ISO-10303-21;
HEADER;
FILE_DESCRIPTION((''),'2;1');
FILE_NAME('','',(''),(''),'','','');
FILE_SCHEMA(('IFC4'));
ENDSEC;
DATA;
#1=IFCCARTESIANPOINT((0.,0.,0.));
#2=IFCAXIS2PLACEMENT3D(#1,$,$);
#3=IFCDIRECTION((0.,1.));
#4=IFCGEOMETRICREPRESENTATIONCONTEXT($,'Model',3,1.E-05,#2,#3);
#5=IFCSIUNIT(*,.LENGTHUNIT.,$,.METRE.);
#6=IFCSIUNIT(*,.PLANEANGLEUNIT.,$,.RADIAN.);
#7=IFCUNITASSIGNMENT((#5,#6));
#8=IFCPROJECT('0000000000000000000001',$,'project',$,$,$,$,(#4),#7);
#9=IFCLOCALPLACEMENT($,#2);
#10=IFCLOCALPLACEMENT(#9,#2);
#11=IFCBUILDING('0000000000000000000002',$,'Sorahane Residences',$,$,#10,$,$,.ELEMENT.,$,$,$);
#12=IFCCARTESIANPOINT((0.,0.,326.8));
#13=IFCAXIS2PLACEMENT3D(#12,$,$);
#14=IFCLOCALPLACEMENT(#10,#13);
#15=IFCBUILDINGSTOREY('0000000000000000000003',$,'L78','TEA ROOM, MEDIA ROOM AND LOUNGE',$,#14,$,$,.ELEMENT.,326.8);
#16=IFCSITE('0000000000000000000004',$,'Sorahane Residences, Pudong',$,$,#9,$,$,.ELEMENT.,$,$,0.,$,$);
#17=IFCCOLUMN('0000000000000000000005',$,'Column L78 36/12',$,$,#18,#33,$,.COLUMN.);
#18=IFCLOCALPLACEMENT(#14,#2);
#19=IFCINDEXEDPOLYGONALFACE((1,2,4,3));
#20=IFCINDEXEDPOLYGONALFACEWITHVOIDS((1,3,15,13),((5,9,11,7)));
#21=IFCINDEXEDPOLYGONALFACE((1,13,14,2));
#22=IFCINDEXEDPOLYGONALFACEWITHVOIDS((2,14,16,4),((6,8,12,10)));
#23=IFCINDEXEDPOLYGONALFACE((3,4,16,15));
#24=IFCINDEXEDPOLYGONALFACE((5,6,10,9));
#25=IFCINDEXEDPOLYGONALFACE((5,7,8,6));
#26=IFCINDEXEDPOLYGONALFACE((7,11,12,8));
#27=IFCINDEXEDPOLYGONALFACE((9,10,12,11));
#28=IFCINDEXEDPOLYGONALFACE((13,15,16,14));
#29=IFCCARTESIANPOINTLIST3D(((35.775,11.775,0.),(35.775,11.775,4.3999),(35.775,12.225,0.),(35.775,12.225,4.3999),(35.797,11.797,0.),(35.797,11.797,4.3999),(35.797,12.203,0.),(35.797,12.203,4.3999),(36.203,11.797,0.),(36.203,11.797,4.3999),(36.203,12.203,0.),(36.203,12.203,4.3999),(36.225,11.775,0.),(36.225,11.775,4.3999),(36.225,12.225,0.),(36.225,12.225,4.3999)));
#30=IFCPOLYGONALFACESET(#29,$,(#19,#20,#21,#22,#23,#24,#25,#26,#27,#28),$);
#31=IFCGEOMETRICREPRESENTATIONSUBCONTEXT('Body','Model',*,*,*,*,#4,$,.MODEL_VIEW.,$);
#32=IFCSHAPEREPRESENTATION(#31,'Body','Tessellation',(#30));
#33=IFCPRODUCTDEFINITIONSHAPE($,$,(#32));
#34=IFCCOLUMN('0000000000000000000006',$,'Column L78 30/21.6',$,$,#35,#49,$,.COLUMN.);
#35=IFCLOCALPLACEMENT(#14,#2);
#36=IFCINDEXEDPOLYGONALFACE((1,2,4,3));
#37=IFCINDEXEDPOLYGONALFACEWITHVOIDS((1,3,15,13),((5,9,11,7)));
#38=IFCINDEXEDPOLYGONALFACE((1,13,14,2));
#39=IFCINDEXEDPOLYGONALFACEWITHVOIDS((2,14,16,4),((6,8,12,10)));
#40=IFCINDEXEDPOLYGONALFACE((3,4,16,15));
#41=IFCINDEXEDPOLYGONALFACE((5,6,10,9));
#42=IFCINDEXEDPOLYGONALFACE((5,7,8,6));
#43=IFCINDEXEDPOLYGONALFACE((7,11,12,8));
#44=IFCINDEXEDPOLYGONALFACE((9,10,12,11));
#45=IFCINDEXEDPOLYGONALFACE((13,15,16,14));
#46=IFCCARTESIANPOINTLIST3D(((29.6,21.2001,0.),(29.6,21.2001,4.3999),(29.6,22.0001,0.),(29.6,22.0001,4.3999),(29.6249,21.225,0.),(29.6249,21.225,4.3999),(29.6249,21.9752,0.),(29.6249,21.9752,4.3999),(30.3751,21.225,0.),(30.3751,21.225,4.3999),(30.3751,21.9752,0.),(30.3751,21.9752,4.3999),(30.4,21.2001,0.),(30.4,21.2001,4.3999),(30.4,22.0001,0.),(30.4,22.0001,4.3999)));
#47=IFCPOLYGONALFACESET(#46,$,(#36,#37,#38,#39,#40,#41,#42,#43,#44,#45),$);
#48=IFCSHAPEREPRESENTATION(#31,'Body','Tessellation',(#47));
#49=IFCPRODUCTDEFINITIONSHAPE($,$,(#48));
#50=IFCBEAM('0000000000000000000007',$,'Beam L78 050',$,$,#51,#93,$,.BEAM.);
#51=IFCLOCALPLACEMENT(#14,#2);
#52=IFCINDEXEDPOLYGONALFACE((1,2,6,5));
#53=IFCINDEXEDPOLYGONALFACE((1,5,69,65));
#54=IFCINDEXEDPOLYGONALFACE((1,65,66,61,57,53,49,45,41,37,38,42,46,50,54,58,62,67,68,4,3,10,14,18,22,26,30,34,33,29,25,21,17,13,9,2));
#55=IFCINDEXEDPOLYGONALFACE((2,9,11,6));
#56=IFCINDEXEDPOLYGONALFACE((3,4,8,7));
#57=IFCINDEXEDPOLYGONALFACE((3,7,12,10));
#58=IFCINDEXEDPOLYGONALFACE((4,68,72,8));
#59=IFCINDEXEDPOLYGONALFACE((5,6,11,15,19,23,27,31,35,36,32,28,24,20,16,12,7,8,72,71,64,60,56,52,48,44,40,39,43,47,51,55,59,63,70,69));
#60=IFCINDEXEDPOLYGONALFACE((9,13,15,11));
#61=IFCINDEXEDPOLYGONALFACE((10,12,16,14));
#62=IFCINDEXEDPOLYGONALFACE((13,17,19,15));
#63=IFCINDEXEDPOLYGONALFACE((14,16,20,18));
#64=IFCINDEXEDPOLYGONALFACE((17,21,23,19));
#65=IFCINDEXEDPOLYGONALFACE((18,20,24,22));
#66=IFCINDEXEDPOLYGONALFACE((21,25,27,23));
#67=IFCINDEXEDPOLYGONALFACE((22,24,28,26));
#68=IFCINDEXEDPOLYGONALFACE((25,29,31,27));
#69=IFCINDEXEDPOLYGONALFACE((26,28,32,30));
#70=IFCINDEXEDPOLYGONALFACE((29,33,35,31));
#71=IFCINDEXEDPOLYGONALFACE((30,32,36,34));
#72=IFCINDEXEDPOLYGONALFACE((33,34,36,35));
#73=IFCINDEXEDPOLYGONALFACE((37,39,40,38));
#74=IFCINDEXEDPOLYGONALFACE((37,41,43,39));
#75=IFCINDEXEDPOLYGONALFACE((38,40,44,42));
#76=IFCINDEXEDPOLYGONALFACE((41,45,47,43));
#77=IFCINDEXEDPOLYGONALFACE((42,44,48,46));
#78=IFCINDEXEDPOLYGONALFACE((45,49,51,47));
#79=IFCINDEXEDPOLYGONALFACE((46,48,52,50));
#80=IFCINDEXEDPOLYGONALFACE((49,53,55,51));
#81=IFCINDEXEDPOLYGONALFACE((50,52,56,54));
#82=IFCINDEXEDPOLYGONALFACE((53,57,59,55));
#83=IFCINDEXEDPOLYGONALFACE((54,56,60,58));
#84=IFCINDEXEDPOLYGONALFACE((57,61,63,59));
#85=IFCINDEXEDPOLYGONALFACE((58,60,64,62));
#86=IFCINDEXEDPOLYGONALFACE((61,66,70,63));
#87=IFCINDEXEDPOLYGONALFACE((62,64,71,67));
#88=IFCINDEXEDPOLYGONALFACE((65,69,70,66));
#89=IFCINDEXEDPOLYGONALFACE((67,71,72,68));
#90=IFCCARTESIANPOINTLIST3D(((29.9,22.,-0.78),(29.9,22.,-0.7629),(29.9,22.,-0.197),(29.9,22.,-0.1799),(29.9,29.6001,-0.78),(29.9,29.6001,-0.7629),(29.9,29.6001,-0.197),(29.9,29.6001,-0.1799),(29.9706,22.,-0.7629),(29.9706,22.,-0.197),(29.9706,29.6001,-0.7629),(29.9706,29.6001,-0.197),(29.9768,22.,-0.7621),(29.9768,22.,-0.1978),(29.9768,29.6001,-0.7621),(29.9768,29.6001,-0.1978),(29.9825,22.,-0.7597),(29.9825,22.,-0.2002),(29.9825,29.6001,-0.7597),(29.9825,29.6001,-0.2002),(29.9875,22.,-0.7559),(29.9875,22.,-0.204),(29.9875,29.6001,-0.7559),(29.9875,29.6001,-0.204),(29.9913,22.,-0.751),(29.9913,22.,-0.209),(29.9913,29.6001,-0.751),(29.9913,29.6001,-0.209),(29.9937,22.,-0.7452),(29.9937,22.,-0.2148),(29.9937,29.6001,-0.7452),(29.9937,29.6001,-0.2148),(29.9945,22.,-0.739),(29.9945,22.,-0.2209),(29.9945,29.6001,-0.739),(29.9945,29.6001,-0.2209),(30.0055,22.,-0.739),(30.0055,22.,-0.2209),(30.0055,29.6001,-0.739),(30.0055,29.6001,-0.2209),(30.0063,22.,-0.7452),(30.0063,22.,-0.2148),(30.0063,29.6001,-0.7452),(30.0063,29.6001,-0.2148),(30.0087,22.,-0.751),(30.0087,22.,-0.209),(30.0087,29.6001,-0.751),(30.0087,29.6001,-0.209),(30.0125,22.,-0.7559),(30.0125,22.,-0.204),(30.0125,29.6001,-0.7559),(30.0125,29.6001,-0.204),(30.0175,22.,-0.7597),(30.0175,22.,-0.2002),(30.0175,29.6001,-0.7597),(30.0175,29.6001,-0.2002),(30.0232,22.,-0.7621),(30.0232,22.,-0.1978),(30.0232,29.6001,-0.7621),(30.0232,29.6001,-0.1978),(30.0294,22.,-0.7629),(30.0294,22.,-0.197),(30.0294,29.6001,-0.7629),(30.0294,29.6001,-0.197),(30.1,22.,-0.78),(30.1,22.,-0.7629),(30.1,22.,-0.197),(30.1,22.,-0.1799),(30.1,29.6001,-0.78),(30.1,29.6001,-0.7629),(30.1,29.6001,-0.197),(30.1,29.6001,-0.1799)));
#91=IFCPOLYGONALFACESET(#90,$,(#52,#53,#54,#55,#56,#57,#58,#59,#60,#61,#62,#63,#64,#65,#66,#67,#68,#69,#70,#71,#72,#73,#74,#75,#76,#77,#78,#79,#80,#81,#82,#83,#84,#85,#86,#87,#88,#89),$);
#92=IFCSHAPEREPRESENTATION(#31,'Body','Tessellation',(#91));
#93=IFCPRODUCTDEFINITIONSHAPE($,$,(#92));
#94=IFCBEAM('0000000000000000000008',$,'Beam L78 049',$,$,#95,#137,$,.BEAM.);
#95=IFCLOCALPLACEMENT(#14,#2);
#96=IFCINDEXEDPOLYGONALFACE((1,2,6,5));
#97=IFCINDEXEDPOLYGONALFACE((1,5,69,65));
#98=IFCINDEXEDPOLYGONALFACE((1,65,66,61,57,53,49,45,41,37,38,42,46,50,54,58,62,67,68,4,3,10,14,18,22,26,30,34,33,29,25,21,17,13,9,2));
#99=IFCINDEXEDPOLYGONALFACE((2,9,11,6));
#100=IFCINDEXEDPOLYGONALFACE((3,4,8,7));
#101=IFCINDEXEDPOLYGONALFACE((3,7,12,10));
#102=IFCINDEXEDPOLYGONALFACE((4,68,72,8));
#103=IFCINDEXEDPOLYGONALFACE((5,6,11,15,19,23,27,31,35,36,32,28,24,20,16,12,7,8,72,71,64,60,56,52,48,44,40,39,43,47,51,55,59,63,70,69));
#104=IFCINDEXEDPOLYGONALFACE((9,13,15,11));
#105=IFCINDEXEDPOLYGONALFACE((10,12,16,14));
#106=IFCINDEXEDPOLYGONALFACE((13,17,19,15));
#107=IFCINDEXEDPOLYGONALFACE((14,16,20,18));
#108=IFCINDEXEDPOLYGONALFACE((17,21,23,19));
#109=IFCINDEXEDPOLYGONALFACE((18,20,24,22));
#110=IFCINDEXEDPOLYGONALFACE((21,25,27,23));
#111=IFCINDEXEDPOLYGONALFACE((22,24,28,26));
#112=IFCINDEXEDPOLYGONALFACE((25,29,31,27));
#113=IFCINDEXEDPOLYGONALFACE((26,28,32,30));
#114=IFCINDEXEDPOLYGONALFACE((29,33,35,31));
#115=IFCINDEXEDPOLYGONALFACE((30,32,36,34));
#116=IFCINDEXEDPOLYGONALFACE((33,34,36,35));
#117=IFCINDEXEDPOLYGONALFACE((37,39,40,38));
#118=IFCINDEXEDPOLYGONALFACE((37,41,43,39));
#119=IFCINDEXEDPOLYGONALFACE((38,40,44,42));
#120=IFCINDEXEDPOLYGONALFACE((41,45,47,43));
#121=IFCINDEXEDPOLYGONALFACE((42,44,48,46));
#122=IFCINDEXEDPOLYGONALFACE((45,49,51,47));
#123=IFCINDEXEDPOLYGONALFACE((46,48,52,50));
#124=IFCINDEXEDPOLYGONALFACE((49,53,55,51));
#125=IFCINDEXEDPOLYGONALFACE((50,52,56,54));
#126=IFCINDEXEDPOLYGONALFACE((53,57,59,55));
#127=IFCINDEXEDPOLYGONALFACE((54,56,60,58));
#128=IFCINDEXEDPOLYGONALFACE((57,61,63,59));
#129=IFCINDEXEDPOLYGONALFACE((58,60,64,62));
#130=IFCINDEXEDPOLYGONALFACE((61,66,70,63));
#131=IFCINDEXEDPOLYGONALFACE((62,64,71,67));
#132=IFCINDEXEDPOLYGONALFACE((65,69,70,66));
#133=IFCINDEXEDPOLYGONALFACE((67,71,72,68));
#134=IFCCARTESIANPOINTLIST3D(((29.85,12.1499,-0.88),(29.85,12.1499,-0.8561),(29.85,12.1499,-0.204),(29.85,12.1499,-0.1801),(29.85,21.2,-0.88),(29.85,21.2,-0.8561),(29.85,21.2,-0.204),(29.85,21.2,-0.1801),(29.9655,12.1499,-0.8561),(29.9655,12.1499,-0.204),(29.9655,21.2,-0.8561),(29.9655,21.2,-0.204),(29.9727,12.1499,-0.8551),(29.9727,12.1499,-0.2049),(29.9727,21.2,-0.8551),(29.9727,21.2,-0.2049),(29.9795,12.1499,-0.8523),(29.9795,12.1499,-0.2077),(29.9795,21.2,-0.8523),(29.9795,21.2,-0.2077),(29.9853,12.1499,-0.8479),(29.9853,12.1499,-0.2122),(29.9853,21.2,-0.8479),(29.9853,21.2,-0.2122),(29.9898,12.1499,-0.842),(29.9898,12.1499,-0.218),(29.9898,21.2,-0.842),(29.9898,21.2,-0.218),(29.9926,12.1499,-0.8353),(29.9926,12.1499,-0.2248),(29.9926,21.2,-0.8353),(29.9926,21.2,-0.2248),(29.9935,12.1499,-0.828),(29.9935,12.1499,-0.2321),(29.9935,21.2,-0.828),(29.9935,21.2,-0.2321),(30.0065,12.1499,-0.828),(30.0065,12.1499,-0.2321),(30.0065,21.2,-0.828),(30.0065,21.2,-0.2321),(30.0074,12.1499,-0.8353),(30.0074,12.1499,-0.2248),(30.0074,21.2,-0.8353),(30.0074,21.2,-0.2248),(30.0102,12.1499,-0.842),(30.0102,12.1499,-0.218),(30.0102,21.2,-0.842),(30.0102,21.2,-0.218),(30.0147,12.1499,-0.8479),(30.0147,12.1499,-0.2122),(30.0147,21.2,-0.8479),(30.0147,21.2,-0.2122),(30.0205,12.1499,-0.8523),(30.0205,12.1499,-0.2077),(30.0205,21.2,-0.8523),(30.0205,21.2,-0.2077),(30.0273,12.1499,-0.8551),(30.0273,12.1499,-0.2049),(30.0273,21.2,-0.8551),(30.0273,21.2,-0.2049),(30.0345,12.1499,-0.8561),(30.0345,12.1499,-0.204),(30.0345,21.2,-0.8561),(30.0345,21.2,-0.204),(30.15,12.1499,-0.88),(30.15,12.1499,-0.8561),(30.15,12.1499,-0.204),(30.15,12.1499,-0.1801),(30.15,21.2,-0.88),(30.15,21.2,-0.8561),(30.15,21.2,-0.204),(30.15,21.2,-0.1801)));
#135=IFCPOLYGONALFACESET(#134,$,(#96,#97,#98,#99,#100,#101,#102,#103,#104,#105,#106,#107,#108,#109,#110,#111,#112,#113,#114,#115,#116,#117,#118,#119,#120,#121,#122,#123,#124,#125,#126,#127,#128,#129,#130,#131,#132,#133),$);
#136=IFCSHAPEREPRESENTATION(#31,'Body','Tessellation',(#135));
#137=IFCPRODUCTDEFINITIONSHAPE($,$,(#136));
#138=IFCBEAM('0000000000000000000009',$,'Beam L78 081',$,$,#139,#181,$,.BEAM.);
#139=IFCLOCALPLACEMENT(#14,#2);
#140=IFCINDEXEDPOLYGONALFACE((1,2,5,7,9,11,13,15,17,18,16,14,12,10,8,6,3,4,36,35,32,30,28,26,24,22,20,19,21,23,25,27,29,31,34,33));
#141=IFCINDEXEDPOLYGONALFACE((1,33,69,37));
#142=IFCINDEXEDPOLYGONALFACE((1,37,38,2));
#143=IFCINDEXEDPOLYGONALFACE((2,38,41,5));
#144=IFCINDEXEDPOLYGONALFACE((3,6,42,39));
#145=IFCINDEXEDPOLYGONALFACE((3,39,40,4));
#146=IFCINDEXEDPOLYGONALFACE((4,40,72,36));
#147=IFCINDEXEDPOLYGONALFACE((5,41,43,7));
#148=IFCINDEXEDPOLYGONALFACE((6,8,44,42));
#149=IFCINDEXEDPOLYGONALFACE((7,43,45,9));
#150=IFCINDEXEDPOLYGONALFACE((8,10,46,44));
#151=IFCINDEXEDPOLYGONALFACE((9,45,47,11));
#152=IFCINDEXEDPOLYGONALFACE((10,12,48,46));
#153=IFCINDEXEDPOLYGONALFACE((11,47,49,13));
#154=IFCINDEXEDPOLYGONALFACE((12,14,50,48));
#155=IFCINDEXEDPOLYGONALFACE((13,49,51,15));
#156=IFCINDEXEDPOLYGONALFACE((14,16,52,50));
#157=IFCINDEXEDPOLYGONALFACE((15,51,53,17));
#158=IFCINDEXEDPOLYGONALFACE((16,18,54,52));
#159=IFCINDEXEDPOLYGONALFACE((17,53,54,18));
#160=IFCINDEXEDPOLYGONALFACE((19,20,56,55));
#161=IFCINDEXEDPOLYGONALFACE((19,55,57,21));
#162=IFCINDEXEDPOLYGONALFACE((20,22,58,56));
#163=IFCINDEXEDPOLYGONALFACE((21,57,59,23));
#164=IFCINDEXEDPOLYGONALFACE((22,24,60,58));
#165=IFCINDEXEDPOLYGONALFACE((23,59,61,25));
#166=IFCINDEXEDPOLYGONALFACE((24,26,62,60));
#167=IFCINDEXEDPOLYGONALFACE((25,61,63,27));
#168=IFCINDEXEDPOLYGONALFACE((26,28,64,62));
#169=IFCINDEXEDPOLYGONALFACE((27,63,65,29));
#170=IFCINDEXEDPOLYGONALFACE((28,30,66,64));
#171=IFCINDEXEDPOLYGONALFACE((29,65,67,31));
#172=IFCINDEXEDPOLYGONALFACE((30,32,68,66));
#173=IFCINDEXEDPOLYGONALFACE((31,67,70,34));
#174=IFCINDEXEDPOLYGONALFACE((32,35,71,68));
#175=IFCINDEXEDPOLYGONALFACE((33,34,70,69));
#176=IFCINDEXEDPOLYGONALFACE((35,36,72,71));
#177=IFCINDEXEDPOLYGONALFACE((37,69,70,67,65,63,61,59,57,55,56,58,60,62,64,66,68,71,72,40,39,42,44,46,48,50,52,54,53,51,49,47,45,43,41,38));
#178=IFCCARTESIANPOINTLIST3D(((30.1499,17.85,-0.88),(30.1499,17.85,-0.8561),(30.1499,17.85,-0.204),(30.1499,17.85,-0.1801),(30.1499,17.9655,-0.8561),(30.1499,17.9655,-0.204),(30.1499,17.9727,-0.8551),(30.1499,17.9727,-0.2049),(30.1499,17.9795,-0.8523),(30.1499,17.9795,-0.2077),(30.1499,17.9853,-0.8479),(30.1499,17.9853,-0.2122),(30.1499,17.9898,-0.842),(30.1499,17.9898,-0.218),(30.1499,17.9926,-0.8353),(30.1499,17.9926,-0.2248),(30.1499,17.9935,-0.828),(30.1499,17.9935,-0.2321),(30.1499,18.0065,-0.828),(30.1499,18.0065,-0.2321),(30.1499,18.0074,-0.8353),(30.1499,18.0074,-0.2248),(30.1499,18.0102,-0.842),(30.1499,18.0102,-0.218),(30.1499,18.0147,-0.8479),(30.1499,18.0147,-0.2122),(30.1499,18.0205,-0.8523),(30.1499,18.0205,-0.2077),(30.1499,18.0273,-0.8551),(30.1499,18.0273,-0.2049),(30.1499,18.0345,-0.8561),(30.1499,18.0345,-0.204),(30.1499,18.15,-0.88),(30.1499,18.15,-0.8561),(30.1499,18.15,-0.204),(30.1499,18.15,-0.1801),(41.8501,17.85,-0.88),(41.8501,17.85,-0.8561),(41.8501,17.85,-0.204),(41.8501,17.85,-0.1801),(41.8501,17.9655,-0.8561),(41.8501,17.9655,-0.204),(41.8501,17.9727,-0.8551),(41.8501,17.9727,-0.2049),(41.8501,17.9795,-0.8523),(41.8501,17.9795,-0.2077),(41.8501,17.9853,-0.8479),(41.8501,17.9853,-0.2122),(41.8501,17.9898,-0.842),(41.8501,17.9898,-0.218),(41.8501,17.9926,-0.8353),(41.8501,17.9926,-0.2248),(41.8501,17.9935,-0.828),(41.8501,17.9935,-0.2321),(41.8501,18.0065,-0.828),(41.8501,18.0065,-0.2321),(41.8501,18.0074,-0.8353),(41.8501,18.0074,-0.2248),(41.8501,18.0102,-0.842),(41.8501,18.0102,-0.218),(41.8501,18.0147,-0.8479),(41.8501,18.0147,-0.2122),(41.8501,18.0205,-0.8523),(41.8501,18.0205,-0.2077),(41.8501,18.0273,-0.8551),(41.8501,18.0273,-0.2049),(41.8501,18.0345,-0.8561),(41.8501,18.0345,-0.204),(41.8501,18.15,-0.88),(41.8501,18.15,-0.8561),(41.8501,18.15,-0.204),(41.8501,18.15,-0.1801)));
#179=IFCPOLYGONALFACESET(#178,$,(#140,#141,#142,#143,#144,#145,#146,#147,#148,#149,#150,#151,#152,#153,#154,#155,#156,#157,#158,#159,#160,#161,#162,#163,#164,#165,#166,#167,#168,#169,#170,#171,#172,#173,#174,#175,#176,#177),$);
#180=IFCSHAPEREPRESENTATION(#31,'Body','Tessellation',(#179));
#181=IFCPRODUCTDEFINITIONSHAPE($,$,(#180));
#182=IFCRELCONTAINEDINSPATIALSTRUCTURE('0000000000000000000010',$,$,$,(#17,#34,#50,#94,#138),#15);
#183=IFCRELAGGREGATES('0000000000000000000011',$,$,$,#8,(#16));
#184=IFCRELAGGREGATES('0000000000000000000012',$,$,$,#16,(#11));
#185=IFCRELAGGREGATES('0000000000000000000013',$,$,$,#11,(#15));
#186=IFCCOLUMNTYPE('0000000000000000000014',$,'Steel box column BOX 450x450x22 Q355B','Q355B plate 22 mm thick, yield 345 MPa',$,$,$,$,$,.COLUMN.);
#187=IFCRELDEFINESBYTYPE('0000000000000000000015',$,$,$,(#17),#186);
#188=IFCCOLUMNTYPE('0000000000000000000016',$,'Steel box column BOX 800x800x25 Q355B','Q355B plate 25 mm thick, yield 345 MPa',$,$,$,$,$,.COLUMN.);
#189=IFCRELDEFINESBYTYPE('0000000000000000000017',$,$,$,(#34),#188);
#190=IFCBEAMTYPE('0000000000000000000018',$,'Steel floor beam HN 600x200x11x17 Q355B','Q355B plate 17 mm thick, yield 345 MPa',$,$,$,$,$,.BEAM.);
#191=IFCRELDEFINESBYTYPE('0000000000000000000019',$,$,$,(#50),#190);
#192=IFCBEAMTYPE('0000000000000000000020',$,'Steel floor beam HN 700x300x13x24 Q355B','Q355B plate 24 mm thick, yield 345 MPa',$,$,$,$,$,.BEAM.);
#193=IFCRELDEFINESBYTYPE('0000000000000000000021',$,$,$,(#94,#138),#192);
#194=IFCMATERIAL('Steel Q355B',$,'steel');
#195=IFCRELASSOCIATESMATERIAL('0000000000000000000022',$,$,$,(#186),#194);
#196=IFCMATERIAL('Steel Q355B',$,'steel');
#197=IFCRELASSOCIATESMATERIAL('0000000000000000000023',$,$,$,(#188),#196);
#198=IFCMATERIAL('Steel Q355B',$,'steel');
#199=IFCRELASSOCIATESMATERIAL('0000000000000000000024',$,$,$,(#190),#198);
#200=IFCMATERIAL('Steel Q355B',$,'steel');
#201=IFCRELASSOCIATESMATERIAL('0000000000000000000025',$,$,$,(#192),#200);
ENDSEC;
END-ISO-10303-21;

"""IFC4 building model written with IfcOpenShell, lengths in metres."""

from ifc_helpers import new_model, si_unit, direction, frame, origin, origin_2d, place, context, subcontext, project, spatial, hollow_rectangle, i_section, extrude, material, material_profile, profile_set, type_object, element, save


model = new_model("IFC4")

# Units and contexts
model_context = context("Model", 3, precision=1e-05, world=origin(), true_north=direction((0.0, 1.0)))
body_context = subcontext(model_context, "Body", "Model", "MODEL_VIEW")
ifc_project = project(units=[si_unit("LENGTHUNIT", "METRE"), si_unit("PLANEANGLEUNIT", "RADIAN")], contexts=[model_context])

# Site, building, storey
site_placement = place(None, origin())
site = spatial("IfcSite", under=ifc_project, at=site_placement, Name="Sorahane Residences, Pudong", CompositionType="ELEMENT", RefElevation=0.0)
building_placement = place(site_placement, origin())
building = spatial("IfcBuilding", under=site, at=building_placement, Name="Sorahane Residences", CompositionType="ELEMENT")
storey_placement = place(building_placement, frame((0.0, 0.0, 326.8)))
storey = spatial("IfcBuildingStorey", under=building, at=storey_placement, Name="L78", Description="TEA ROOM, MEDIA ROOM AND LOUNGE", CompositionType="ELEMENT", Elevation=326.8)

# Columns
ifc_material_1 = material(Name="Steel Q355B", Category="steel")
ifc_material_profile_1 = material_profile(ifc_material_1, hollow_rectangle(XDim=0.45, YDim=0.45, WallThickness=0.022, at=origin_2d()), Name="BOX 450x450x22")
ifc_profile_set_1 = profile_set([ifc_material_profile_1], Name="Steel Q355B")
column_type_1 = type_object("IfcColumnType", Name="Steel box column BOX 450x450x22 Q355B", Description="Q355B plate 22 mm thick, yield 345 MPa", PredefinedType="COLUMN", material=ifc_profile_set_1)
column_1_placement = place(storey_placement, frame((36.0, 12.0, 0.0), z_axis=(0.0, 0.0, 1.0), x_axis=(1.0, 0.0, 0.0)))
element("IfcColumn", 1, at=column_1_placement, inside=storey, type_object=column_type_1, Name="Column L78 36/12", PredefinedType="COLUMN", context=body_context, shape_type="SweptSolid", body=[
    extrude(hollow_rectangle(XDim=0.45, YDim=0.45, WallThickness=0.022, at=origin_2d()), origin(), (0.0, 0.0, 1.0), 4.3999),
])
ifc_material_2 = material(Name="Steel Q355B", Category="steel")
ifc_material_profile_2 = material_profile(ifc_material_2, hollow_rectangle(XDim=0.8, YDim=0.8, WallThickness=0.0249, at=origin_2d()), Name="BOX 800x800x25")
ifc_profile_set_2 = profile_set([ifc_material_profile_2], Name="Steel Q355B")
column_type_2 = type_object("IfcColumnType", Name="Steel box column BOX 800x800x25 Q355B", Description="Q355B plate 25 mm thick, yield 345 MPa", PredefinedType="COLUMN", material=ifc_profile_set_2)
column_2_placement = place(storey_placement, frame((30.0, 21.6001, 0.0), z_axis=(0.0, 0.0, 1.0), x_axis=(1.0, 0.0, 0.0)))
element("IfcColumn", 2, at=column_2_placement, inside=storey, type_object=column_type_2, Name="Column L78 30/21.6", PredefinedType="COLUMN", context=body_context, shape_type="SweptSolid", body=[
    extrude(hollow_rectangle(XDim=0.8, YDim=0.8, WallThickness=0.0249, at=origin_2d()), origin(), (0.0, 0.0, 1.0), 4.3999),
])

# Beams
ifc_material_3 = material(Name="Steel Q355B", Category="steel")
ifc_material_profile_3 = material_profile(ifc_material_3, i_section(OverallWidth=0.2, OverallDepth=0.6001, WebThickness=0.011, FlangeThickness=0.0171, FilletRadius=0.0239, at=origin_2d()), Name="HN 600x200x11x17")
ifc_profile_set_3 = profile_set([ifc_material_profile_3], Name="Steel Q355B")
beam_type_1 = type_object("IfcBeamType", Name="Steel floor beam HN 600x200x11x17 Q355B", Description="Q355B plate 17 mm thick, yield 345 MPa", PredefinedType="BEAM", material=ifc_profile_set_3)
beam_1_placement = place(storey_placement, frame((30.0, 22.0, -0.48), z_axis=(0.0, 1.0, 0.0), x_axis=(-1.0, 0.0, 0.0)))
element("IfcBeam", 3, at=beam_1_placement, inside=storey, type_object=beam_type_1, Name="Beam L78 050", PredefinedType="BEAM", context=body_context, shape_type="SweptSolid", body=[
    extrude(i_section(OverallWidth=0.2, OverallDepth=0.6001, WebThickness=0.011, FlangeThickness=0.0171, FilletRadius=0.0239, at=origin_2d()), origin(), (0.0, 0.0, 1.0), 7.6001),
])
ifc_material_4 = material(Name="Steel Q355B", Category="steel")
ifc_material_profile_4 = material_profile(ifc_material_4, i_section(OverallWidth=0.3, OverallDepth=0.7, WebThickness=0.0129, FlangeThickness=0.0239, FilletRadius=0.0281, at=origin_2d()), Name="HN 700x300x13x24")
ifc_profile_set_4 = profile_set([ifc_material_profile_4], Name="Steel Q355B")
beam_type_2 = type_object("IfcBeamType", Name="Steel floor beam HN 700x300x13x24 Q355B", Description="Q355B plate 24 mm thick, yield 345 MPa", PredefinedType="BEAM", material=ifc_profile_set_4)
beam_2_placement = place(storey_placement, frame((30.0, 12.1499, -0.53), z_axis=(0.0, 1.0, 0.0), x_axis=(-1.0, 0.0, 0.0)))
element("IfcBeam", 4, at=beam_2_placement, inside=storey, type_object=beam_type_2, Name="Beam L78 049", PredefinedType="BEAM", context=body_context, shape_type="SweptSolid", body=[
    extrude(i_section(OverallWidth=0.3, OverallDepth=0.7, WebThickness=0.0129, FlangeThickness=0.0239, FilletRadius=0.0281, at=origin_2d()), origin(), (0.0, 0.0, 1.0), 9.05),
])
beam_3_placement = place(storey_placement, frame((30.1499, 18.0, -0.53), z_axis=(1.0, 0.0, 0.0), x_axis=(0.0, 1.0, 0.0)))
element("IfcBeam", 5, at=beam_3_placement, inside=storey, type_object=beam_type_2, Name="Beam L78 081", PredefinedType="BEAM", context=body_context, shape_type="SweptSolid", body=[
    extrude(i_section(OverallWidth=0.3, OverallDepth=0.7, WebThickness=0.0129, FlangeThickness=0.0239, FilletRadius=0.0281, at=origin_2d()), origin(), (0.0, 0.0, 1.0), 11.7002),
])

save(model, "model.ifc")
